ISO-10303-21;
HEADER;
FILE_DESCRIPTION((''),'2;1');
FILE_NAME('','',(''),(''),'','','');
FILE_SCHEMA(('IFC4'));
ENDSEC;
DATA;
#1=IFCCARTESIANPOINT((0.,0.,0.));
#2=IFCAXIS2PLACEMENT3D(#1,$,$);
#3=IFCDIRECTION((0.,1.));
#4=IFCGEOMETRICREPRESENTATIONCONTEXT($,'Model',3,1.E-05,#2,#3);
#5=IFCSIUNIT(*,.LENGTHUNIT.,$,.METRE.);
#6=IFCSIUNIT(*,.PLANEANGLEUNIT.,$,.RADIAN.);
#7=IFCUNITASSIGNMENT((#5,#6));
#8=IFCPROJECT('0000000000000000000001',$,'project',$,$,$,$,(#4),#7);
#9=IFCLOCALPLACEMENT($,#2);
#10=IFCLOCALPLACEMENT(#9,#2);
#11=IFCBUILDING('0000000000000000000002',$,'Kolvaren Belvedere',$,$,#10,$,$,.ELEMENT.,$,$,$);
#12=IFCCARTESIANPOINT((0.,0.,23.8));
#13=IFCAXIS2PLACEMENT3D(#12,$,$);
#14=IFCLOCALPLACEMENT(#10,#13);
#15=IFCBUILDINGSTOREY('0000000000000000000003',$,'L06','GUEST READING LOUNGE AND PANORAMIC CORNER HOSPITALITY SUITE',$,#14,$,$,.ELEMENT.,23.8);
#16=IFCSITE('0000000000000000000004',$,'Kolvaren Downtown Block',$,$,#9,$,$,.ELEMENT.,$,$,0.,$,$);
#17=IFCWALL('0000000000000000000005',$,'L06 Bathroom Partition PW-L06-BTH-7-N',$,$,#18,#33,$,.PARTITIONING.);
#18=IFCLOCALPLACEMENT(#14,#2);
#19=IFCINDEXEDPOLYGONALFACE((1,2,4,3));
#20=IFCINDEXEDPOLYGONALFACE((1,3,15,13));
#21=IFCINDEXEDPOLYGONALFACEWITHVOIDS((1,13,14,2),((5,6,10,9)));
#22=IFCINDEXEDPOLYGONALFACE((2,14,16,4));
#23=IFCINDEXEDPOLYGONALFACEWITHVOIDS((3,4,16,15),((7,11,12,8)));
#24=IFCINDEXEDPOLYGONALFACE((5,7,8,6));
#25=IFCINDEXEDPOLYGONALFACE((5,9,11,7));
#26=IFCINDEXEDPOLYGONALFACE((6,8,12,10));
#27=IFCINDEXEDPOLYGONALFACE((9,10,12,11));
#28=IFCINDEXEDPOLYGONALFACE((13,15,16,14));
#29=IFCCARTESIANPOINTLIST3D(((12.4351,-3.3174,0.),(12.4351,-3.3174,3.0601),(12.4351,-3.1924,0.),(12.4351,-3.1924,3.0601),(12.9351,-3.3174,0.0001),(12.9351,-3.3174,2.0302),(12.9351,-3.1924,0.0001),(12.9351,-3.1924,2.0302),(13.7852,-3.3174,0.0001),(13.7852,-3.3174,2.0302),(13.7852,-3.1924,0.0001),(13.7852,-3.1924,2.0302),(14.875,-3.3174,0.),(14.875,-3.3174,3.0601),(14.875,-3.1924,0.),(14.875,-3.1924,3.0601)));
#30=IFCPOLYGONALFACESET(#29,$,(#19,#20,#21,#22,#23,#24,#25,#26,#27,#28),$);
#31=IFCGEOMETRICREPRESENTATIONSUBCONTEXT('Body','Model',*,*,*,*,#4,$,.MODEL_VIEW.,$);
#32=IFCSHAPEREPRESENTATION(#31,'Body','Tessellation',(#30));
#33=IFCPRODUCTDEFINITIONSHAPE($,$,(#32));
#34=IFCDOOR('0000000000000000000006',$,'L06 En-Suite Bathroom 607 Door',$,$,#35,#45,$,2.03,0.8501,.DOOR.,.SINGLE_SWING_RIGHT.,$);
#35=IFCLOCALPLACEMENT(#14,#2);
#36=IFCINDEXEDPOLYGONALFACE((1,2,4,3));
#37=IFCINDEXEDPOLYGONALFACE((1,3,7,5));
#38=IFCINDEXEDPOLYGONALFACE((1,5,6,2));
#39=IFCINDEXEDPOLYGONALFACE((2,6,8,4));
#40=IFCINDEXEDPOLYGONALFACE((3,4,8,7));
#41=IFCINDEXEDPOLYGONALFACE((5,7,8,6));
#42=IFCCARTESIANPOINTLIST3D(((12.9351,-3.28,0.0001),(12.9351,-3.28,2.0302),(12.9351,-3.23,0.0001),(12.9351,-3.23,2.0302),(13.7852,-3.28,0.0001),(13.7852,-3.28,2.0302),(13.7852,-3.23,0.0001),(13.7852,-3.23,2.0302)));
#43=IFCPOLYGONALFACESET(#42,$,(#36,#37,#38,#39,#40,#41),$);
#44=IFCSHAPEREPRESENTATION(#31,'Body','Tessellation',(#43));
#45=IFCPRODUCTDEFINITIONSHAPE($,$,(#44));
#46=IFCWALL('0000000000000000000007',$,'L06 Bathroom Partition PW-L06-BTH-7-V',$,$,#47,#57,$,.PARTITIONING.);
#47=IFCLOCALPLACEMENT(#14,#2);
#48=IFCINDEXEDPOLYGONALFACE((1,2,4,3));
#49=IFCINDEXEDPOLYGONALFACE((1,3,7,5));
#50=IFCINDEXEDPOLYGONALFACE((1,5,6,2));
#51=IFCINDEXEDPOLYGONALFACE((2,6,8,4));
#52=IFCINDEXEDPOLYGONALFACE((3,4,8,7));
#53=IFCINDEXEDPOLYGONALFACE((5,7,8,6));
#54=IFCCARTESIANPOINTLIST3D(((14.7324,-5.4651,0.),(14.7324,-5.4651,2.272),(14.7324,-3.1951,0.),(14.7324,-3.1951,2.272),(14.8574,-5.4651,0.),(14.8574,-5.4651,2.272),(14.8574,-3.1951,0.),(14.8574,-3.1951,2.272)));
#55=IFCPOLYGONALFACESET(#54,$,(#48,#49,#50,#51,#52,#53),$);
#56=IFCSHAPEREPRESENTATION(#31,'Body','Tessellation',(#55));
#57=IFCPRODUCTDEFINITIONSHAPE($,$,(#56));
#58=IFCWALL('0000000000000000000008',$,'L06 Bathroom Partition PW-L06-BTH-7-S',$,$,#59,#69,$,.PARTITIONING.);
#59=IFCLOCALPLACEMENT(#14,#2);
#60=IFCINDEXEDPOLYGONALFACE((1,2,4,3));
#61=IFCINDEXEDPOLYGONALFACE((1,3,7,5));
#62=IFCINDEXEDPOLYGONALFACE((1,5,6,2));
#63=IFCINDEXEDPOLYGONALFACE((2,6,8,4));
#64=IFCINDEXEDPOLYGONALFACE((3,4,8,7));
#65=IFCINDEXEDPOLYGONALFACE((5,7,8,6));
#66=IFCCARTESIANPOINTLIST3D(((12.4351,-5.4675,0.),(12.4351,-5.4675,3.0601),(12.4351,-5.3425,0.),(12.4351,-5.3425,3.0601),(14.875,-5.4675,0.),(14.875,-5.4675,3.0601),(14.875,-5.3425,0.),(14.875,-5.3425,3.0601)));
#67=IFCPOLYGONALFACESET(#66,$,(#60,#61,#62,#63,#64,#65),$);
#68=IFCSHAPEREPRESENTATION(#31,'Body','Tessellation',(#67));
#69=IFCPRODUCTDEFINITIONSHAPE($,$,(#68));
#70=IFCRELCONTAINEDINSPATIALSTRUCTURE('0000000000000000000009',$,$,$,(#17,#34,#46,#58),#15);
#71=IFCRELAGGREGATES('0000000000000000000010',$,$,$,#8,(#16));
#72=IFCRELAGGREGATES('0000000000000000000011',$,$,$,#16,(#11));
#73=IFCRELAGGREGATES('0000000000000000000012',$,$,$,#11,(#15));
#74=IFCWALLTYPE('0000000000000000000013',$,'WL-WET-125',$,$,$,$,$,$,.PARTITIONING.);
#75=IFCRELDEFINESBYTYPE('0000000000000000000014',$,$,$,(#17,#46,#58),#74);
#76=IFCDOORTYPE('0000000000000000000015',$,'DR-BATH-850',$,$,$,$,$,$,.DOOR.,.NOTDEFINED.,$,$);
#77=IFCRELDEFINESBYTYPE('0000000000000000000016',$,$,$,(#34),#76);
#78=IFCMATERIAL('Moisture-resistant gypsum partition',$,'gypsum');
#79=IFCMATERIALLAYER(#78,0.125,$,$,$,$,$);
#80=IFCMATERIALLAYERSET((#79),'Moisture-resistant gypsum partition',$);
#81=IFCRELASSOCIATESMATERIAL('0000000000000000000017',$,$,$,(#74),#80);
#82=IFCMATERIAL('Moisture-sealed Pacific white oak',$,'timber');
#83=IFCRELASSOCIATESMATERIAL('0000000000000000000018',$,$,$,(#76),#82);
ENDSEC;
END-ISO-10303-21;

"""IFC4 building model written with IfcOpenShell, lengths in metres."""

from ifc_helpers import new_model, si_unit, direction, frame, frame_2d, origin, place, context, subcontext, project, spatial, rectangle, extrude, material, layer, layer_set, type_object, element, fill, save


model = new_model("IFC4")

# Units and contexts
model_context = context("Model", 3, precision=1e-05, world=origin(), true_north=direction((0.0, 1.0)))
body_context = subcontext(model_context, "Body", "Model", "MODEL_VIEW")
ifc_project = project(units=[si_unit("LENGTHUNIT", "METRE"), si_unit("PLANEANGLEUNIT", "RADIAN")], contexts=[model_context])

# Site, building, storey
site_placement = place(None, origin())
site = spatial("IfcSite", under=ifc_project, at=site_placement, Name="Kolvaren Downtown Block", CompositionType="ELEMENT", RefElevation=0.0)
building_placement = place(site_placement, origin())
building = spatial("IfcBuilding", under=site, at=building_placement, Name="Kolvaren Belvedere", CompositionType="ELEMENT")
storey_placement = place(building_placement, frame((0.0, 0.0, 23.8)))
storey = spatial("IfcBuildingStorey", under=building, at=storey_placement, Name="L06", Description="GUEST READING LOUNGE AND PANORAMIC CORNER HOSPITALITY SUITE", CompositionType="ELEMENT", Elevation=23.8)

# Shared definitions
ifc_material_1 = material(Name="Moisture-resistant gypsum partition", Category="gypsum")
ifc_layer_1 = layer(ifc_material_1, 0.125)
ifc_layer_set_1 = layer_set([ifc_layer_1], Name="Moisture-resistant gypsum partition")
wall_type_1 = type_object("IfcWallType", Name="WL-WET-125", PredefinedType="PARTITIONING", material=ifc_layer_set_1)
ifc_material_2 = material(Name="Moisture-sealed Pacific white oak", Category="timber")
door_type_1 = type_object("IfcDoorType", Name="DR-BATH-850", OperationType="NOTDEFINED", PredefinedType="DOOR", material=ifc_material_2)

# Wall, opening, door
wall_1_placement = place(storey_placement, frame((12.4351, -3.2549, 0.0), z_axis=(0.0, 0.0, 1.0), x_axis=(1.0, 0.0, 0.0)))
wall_1 = element("IfcWall", 1, at=wall_1_placement, inside=storey, type_object=wall_type_1, Name="L06 Bathroom Partition PW-L06-BTH-7-N", PredefinedType="PARTITIONING", context=body_context, shape_type="SweptSolid", body=[
    extrude(rectangle(XDim=2.4399, YDim=0.125, at=frame_2d((1.22, 0.0))), origin(), (0.0, 0.0, 1.0), 3.0601),
])
opening_1_placement = place(wall_1_placement, frame((0.5, 0.0, 0.0)))
opening_1 = element("IfcOpeningElement", 2, at=opening_1_placement, cuts=wall_1, PredefinedType="OPENING", context=body_context, shape_type="SweptSolid", body=[
    extrude(rectangle(XDim=0.8501, YDim=2.03, at=frame_2d((0.425, 1.0151))), frame((0.0, 0.0725, 0.0), z_axis=(0.0, -1.0, 0.0), x_axis=(1.0, 0.0, 0.0)), (0.0, 0.0, 1.0), 0.145),
])
door_1_placement = place(opening_1_placement, origin())
door_1 = element("IfcDoor", 3, at=door_1_placement, inside=storey, type_object=door_type_1, Name="L06 En-Suite Bathroom 607 Door", OperationType="SINGLE_SWING_RIGHT", OverallHeight=2.03, OverallWidth=0.8501, PredefinedType="DOOR", context=body_context, shape_type="SweptSolid", body=[
    extrude(rectangle(XDim=0.8501, YDim=2.03, at=frame_2d((0.425, 1.0151))), frame((0.0, 0.0249, 0.0), z_axis=(0.0, -1.0, 0.0), x_axis=(1.0, 0.0, 0.0)), (0.0, 0.0, 1.0), 0.05),
])
fill(opening_1, door_1)

# Walls
wall_2_placement = place(storey_placement, frame((14.7949, -5.4651, 0.0), z_axis=(0.0, 0.0, 1.0), x_axis=(0.0, 1.0, 0.0)))
element("IfcWall", 4, at=wall_2_placement, inside=storey, type_object=wall_type_1, Name="L06 Bathroom Partition PW-L06-BTH-7-V", PredefinedType="PARTITIONING", context=body_context, shape_type="SweptSolid", body=[
    extrude(rectangle(XDim=2.27, YDim=0.125, at=frame_2d((1.135, 0.0))), origin(), (0.0, 0.0, 1.0), 2.272),
])
wall_3_placement = place(storey_placement, frame((12.4351, -5.405, 0.0), z_axis=(0.0, 0.0, 1.0), x_axis=(1.0, 0.0, 0.0)))
element("IfcWall", 5, at=wall_3_placement, inside=storey, type_object=wall_type_1, Name="L06 Bathroom Partition PW-L06-BTH-7-S", PredefinedType="PARTITIONING", context=body_context, shape_type="SweptSolid", body=[
    extrude(rectangle(XDim=2.4399, YDim=0.125, at=frame_2d((1.22, 0.0))), origin(), (0.0, 0.0, 1.0), 3.0601),
])

save(model, "model.ifc")
